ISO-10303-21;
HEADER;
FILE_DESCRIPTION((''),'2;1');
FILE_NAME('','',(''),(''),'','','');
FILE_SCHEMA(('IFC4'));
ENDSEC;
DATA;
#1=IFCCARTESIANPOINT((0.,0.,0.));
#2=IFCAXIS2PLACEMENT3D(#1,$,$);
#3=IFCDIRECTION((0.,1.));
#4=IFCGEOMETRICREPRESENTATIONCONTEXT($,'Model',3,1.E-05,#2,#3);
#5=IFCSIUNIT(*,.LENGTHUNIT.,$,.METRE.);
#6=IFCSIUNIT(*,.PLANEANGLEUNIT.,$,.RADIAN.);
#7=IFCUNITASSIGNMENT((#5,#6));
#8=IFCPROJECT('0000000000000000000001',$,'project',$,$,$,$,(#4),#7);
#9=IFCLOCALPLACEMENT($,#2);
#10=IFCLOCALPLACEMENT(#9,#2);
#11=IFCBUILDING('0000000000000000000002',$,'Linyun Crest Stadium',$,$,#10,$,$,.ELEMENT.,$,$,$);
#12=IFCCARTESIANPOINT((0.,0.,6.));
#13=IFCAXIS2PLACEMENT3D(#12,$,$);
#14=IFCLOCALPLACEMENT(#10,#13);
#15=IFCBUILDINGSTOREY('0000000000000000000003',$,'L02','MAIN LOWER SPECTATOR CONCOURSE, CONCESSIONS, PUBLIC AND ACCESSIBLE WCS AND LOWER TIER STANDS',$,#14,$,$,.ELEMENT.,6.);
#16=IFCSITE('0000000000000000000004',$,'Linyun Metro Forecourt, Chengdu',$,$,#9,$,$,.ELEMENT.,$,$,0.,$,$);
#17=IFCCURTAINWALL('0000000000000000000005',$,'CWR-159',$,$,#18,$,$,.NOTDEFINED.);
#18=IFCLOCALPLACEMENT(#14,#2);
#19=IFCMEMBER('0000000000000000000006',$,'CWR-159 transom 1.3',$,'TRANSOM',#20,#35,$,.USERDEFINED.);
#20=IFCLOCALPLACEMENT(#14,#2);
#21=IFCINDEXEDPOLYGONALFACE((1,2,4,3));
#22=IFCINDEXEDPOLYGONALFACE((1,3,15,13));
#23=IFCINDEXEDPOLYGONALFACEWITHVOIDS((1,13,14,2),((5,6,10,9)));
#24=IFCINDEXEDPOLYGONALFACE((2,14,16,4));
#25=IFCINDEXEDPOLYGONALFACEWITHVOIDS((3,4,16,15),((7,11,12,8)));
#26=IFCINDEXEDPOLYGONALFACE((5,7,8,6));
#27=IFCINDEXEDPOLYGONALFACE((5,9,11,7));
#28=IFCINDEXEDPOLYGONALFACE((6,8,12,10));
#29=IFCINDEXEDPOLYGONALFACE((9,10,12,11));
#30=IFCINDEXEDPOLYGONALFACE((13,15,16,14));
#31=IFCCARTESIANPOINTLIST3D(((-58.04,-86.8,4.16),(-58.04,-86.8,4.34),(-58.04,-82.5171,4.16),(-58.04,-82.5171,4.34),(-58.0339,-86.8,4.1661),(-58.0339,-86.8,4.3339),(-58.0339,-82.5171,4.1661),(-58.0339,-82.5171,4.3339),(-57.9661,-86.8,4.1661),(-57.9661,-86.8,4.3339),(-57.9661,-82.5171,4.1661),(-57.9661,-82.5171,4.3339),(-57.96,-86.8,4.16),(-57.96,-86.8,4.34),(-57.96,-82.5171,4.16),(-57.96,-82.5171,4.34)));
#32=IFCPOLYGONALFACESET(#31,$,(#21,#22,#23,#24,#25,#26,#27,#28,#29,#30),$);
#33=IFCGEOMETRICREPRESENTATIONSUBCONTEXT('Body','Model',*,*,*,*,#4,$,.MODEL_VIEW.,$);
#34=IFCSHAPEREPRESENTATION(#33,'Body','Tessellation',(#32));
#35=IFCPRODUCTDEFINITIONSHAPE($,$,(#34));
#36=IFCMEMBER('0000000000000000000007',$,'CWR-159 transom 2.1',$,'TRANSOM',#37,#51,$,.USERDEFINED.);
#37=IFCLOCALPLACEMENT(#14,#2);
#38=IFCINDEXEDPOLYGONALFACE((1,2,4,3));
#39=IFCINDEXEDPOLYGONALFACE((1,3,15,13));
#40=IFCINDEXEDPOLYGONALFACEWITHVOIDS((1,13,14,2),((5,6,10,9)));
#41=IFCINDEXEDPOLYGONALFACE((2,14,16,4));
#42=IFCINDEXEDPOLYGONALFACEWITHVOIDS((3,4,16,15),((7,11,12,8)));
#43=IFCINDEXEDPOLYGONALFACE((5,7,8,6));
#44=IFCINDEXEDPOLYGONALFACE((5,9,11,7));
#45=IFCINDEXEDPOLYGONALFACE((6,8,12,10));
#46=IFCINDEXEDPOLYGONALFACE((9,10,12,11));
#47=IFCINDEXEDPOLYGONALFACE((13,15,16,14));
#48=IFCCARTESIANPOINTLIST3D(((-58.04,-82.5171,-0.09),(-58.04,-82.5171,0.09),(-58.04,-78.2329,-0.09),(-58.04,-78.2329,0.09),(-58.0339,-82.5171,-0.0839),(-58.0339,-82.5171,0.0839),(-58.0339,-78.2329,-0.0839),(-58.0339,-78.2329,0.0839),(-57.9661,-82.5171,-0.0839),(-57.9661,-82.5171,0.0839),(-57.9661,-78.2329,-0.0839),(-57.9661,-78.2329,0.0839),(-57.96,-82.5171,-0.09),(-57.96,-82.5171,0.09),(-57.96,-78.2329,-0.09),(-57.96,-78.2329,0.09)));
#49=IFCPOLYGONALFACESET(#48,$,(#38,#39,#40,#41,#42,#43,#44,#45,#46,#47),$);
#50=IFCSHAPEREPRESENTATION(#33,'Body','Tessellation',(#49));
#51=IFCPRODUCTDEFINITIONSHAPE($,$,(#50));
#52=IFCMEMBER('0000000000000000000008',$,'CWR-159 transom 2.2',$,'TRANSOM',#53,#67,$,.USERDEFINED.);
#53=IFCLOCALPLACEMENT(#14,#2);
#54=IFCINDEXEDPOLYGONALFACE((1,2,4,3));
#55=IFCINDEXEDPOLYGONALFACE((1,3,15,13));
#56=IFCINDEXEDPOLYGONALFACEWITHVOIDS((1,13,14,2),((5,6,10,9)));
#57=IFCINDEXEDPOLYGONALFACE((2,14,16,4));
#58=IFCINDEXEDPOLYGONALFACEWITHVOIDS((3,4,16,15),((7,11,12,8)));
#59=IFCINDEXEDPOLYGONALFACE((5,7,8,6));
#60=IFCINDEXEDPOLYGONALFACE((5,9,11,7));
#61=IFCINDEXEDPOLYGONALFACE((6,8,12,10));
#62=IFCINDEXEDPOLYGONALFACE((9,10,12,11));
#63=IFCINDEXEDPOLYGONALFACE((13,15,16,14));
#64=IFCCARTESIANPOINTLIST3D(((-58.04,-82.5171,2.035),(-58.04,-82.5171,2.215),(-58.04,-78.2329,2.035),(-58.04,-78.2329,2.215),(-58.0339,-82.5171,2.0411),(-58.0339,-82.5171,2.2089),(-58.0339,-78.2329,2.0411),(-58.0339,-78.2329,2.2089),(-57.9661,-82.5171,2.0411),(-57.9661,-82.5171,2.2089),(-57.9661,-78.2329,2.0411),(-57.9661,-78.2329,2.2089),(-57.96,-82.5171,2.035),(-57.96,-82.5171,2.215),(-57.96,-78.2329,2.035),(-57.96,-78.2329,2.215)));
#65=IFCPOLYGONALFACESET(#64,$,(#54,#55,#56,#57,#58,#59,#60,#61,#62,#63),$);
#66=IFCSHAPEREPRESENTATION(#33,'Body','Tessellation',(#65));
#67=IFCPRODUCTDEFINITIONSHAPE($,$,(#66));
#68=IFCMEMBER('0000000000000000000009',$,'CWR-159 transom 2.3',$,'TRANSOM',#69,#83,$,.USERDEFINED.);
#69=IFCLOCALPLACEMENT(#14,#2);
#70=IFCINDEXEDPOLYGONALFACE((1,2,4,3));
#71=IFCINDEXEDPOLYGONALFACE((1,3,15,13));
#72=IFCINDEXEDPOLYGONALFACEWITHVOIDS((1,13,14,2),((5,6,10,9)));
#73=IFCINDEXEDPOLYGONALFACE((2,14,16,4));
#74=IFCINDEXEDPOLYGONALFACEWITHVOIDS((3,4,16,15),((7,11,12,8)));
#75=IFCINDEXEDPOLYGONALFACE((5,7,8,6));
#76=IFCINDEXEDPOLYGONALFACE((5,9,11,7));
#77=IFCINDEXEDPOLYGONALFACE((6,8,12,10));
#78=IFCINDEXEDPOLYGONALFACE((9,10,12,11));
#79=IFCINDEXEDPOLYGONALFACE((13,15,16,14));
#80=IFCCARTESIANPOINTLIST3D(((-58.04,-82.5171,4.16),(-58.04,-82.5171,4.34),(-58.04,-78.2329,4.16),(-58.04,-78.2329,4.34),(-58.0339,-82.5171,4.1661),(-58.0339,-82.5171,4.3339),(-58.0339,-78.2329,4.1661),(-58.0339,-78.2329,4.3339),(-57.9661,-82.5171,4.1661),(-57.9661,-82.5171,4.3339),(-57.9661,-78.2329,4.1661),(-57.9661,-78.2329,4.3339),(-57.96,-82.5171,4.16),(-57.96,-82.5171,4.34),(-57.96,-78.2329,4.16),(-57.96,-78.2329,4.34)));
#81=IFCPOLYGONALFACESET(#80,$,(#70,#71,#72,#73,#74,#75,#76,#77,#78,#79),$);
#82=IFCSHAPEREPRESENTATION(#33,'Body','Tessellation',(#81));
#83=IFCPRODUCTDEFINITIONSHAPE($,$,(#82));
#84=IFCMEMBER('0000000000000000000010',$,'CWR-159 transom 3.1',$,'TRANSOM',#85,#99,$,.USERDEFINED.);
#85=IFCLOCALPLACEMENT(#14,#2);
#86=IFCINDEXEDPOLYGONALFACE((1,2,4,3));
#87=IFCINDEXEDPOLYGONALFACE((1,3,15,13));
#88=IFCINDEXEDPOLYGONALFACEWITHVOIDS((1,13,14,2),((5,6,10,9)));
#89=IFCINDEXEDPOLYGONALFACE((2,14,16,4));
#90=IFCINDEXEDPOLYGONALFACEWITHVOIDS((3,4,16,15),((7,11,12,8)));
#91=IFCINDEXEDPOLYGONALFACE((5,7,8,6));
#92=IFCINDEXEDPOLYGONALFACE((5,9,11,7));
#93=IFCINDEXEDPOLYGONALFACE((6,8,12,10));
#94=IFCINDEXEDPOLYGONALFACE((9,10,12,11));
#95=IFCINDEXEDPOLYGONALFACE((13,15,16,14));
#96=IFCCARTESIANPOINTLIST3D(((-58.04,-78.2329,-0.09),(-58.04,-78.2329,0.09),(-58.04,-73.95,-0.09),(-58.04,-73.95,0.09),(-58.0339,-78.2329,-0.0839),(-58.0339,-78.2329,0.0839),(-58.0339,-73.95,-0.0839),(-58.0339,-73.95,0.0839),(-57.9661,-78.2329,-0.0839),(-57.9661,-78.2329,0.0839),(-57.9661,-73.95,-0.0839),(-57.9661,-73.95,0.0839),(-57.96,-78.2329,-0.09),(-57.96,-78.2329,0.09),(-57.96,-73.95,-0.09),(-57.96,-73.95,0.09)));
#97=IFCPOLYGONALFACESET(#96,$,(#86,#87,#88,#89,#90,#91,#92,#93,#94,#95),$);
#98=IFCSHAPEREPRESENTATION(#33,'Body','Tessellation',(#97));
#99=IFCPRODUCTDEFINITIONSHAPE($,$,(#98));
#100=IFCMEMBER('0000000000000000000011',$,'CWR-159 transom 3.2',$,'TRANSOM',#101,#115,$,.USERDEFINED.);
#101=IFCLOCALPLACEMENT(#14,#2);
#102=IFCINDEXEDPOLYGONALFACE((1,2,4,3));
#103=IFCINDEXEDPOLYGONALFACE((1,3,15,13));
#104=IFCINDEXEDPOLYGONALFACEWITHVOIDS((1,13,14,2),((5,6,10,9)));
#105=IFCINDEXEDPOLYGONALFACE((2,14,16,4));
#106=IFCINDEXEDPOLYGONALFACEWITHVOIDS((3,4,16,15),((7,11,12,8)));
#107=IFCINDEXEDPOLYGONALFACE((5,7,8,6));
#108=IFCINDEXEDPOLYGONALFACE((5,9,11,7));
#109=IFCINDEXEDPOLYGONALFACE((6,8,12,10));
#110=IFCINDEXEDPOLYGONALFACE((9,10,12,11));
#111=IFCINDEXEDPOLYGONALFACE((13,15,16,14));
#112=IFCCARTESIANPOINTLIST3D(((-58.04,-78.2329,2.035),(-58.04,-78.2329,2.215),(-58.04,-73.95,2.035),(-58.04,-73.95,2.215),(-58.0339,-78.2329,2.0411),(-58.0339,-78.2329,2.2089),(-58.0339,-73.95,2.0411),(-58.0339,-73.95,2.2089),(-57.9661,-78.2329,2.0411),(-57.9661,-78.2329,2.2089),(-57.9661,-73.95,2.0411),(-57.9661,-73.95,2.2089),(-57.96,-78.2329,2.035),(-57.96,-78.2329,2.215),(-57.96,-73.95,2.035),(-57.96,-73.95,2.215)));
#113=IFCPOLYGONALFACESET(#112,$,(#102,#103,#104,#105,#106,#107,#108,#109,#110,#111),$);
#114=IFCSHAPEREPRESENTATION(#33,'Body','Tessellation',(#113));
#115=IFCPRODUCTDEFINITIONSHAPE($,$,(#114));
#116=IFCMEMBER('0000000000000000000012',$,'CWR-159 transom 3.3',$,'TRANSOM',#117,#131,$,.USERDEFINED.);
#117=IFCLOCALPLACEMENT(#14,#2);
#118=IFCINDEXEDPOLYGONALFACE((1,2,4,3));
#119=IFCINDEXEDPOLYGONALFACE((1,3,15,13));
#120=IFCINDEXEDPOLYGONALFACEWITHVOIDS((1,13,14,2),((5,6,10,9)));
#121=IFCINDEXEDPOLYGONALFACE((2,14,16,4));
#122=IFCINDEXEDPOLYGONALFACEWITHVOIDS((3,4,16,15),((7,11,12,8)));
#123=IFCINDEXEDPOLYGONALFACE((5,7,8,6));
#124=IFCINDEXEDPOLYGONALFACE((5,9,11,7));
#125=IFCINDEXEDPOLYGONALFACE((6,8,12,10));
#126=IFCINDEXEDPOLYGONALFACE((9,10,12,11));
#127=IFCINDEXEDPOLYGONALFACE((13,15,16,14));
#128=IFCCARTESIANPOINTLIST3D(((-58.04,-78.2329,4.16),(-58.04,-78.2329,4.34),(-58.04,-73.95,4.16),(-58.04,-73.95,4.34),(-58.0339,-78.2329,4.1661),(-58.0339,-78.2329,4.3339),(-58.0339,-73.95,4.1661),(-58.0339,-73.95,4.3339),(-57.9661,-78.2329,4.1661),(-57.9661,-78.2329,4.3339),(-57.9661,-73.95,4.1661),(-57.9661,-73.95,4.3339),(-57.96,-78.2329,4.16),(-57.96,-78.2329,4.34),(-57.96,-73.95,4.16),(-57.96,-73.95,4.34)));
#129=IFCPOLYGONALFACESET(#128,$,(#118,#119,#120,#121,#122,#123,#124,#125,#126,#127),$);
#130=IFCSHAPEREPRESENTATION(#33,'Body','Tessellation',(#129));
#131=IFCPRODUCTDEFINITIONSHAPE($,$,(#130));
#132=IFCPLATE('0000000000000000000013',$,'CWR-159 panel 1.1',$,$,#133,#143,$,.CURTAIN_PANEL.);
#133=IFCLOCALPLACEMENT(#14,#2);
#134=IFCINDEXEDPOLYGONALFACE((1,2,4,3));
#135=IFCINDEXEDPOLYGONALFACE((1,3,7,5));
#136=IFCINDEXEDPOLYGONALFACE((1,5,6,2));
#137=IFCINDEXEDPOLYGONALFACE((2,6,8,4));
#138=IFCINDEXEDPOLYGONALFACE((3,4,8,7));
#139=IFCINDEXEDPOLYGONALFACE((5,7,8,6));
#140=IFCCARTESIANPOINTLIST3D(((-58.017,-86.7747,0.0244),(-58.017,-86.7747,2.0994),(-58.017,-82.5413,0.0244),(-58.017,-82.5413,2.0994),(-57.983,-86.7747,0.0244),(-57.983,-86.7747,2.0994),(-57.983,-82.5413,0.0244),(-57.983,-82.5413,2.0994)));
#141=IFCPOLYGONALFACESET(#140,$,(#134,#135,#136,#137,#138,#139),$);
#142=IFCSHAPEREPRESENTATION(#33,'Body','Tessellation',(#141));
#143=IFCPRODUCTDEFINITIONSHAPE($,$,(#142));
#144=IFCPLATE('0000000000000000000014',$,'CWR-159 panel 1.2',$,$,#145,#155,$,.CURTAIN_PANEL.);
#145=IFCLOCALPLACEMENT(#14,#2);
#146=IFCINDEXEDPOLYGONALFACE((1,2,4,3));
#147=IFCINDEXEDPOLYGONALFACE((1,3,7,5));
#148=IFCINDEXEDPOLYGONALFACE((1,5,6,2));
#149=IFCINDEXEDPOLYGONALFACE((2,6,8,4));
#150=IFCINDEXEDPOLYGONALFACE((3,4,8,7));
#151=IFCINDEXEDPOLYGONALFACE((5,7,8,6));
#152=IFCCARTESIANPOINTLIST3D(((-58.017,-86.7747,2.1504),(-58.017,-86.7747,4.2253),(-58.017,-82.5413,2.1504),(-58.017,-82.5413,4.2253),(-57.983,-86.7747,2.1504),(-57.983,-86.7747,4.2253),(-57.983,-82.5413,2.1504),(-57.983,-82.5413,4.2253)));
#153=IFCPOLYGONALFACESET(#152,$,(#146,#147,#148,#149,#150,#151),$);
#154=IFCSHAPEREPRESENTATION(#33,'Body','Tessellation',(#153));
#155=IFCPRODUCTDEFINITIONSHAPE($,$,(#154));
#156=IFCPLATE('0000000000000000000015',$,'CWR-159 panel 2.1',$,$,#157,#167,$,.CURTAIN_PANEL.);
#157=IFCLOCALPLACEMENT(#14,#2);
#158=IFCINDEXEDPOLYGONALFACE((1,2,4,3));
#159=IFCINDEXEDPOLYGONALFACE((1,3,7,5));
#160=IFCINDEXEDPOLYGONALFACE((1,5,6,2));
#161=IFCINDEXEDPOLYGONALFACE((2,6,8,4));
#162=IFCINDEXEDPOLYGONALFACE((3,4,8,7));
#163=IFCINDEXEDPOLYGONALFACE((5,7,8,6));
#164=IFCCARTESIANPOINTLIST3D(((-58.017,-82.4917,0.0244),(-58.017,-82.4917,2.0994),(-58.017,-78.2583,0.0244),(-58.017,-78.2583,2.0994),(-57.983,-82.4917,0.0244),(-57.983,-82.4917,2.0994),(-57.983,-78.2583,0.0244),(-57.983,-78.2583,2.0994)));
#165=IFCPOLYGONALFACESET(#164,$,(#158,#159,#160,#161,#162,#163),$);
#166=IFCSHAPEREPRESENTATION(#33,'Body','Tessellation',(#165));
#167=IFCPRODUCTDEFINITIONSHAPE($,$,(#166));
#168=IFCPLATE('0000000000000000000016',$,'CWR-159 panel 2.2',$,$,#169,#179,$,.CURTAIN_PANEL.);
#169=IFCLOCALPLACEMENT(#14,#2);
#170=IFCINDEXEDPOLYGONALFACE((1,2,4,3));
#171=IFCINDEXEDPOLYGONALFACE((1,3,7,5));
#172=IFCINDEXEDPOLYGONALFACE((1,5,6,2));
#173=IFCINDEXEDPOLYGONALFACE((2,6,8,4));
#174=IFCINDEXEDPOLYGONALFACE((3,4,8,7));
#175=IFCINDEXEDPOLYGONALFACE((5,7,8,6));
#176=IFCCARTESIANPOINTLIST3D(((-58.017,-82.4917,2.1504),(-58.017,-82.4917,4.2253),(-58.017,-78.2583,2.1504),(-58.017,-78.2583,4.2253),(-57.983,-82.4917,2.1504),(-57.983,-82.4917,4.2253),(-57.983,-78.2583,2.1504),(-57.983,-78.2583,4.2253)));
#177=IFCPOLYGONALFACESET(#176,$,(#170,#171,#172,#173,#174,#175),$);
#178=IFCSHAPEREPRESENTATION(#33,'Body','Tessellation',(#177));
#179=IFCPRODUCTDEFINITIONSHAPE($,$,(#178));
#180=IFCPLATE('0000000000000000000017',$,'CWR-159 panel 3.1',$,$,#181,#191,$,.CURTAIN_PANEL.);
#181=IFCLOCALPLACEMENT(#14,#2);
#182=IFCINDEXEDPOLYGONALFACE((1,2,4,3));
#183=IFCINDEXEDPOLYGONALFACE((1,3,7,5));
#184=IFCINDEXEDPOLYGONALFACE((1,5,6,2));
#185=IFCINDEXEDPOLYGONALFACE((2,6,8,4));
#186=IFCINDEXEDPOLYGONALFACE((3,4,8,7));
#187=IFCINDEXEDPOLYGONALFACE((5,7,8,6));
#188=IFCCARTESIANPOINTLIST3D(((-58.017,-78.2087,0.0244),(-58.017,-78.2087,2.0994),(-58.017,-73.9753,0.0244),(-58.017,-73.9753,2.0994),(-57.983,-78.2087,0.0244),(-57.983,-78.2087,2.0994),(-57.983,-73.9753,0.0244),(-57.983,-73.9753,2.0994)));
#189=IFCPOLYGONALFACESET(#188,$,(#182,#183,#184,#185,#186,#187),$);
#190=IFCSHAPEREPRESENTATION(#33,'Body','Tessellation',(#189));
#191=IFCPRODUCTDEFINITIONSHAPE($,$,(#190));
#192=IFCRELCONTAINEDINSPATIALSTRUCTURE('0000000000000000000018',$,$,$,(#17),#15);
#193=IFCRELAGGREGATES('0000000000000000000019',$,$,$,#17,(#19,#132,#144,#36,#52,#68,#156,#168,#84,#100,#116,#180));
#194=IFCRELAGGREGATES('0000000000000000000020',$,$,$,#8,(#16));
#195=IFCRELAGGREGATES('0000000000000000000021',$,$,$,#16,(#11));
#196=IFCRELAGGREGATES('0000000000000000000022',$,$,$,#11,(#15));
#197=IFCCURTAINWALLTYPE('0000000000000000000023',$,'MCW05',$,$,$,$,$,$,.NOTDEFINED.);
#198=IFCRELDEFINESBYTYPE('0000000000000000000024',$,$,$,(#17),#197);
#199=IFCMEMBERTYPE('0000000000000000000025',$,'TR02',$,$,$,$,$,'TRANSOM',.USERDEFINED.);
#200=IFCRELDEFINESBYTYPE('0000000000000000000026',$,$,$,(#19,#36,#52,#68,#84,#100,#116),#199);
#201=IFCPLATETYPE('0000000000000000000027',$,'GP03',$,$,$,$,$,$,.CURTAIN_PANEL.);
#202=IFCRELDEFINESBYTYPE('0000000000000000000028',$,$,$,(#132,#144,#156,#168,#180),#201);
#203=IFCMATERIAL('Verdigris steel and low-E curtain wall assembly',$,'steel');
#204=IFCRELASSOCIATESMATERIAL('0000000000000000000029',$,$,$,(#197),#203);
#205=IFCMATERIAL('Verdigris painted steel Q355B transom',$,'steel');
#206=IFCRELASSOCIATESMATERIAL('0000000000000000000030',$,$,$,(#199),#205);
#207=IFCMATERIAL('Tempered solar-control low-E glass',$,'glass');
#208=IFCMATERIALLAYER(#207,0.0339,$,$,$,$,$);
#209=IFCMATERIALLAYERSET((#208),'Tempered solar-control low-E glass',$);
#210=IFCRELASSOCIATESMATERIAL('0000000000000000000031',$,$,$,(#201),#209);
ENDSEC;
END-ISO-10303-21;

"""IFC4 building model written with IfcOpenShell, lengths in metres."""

from ifc_helpers import new_model, si_unit, direction, frame, origin, origin_2d, place, context, subcontext, project, spatial, rectangle, hollow_rectangle, extrude, material, layer, layer_set, material_profile, profile_set, type_object, element, aggregate, save


model = new_model("IFC4")

# Units and contexts
model_context = context("Model", 3, precision=1e-05, world=origin(), true_north=direction((0.0, 1.0)))
body_context = subcontext(model_context, "Body", "Model", "MODEL_VIEW")
ifc_project = project(units=[si_unit("LENGTHUNIT", "METRE"), si_unit("PLANEANGLEUNIT", "RADIAN")], contexts=[model_context])

# Site, building, storey
site_placement = place(None, origin())
site = spatial("IfcSite", under=ifc_project, at=site_placement, Name="Linyun Metro Forecourt, Chengdu", CompositionType="ELEMENT", RefElevation=0.0)
building_placement = place(site_placement, origin())
building = spatial("IfcBuilding", under=site, at=building_placement, Name="Linyun Crest Stadium", CompositionType="ELEMENT")
storey_placement = place(building_placement, frame((0.0, 0.0, 6.0)))
storey = spatial("IfcBuildingStorey", under=building, at=storey_placement, Name="L02", Description="MAIN LOWER SPECTATOR CONCOURSE, CONCESSIONS, PUBLIC AND ACCESSIBLE WCS AND LOWER TIER STANDS", CompositionType="ELEMENT", Elevation=6.0)

# Shared definitions
ifc_material_1 = material(Name="Verdigris steel and low-E curtain wall assembly", Category="steel")
curtain_wall_type = type_object("IfcCurtainWallType", Name="MCW05", PredefinedType="NOTDEFINED", material=ifc_material_1)

# Curtain wall, members, plates
curtain_wall_1_placement = place(storey_placement, origin())
curtain_wall_1 = element("IfcCurtainWall", 1, at=curtain_wall_1_placement, inside=storey, type_object=curtain_wall_type, Name="CWR-159", PredefinedType="NOTDEFINED")
ifc_material_2 = material(Name="Verdigris painted steel Q355B transom", Category="steel")
ifc_material_profile_1 = material_profile(ifc_material_2, hollow_rectangle(XDim=0.0801, YDim=0.1799, WallThickness=0.0061, at=origin_2d()), Name="RHS 180x80x6")
ifc_profile_set_1 = profile_set([ifc_material_profile_1], Name="Verdigris painted steel Q355B transom")
member_type_1 = type_object("IfcMemberType", Name="TR02", ElementType="TRANSOM", PredefinedType="USERDEFINED", material=ifc_profile_set_1)
member_1_placement = place(storey_placement, frame((-58.0, -86.8, 4.25), z_axis=(0.0, 1.0, 0.0), x_axis=(-1.0, 0.0, 0.0)))
member_1 = element("IfcMember", 2, at=member_1_placement, type_object=member_type_1, Name="CWR-159 transom 1.3", ObjectType="TRANSOM", PredefinedType="USERDEFINED", context=body_context, shape_type="SweptSolid", body=[
    extrude(hollow_rectangle(XDim=0.0801, YDim=0.1799, WallThickness=0.0061, at=origin_2d()), origin(), (0.0, 0.0, 1.0), 4.283),
])
member_2_placement = place(storey_placement, frame((-58.0, -82.5171, 0.0), z_axis=(0.0, 1.0, 0.0), x_axis=(-1.0, 0.0, 0.0)))
member_2 = element("IfcMember", 3, at=member_2_placement, type_object=member_type_1, Name="CWR-159 transom 2.1", ObjectType="TRANSOM", PredefinedType="USERDEFINED", context=body_context, shape_type="SweptSolid", body=[
    extrude(hollow_rectangle(XDim=0.0801, YDim=0.1799, WallThickness=0.0061, at=origin_2d()), origin(), (0.0, 0.0, 1.0), 4.2842),
])
member_3_placement = place(storey_placement, frame((-58.0, -82.5171, 2.125), z_axis=(0.0, 1.0, 0.0), x_axis=(-1.0, 0.0, 0.0)))
member_3 = element("IfcMember", 4, at=member_3_placement, type_object=member_type_1, Name="CWR-159 transom 2.2", ObjectType="TRANSOM", PredefinedType="USERDEFINED", context=body_context, shape_type="SweptSolid", body=[
    extrude(hollow_rectangle(XDim=0.0801, YDim=0.1799, WallThickness=0.0061, at=origin_2d()), origin(), (0.0, 0.0, 1.0), 4.2842),
])
member_4_placement = place(storey_placement, frame((-58.0, -82.5171, 4.25), z_axis=(0.0, 1.0, 0.0), x_axis=(-1.0, 0.0, 0.0)))
member_4 = element("IfcMember", 5, at=member_4_placement, type_object=member_type_1, Name="CWR-159 transom 2.3", ObjectType="TRANSOM", PredefinedType="USERDEFINED", context=body_context, shape_type="SweptSolid", body=[
    extrude(hollow_rectangle(XDim=0.0801, YDim=0.1799, WallThickness=0.0061, at=origin_2d()), origin(), (0.0, 0.0, 1.0), 4.2842),
])
member_5_placement = place(storey_placement, frame((-58.0, -78.2329, 0.0), z_axis=(0.0, 1.0, 0.0), x_axis=(-1.0, 0.0, 0.0)))
member_5 = element("IfcMember", 6, at=member_5_placement, type_object=member_type_1, Name="CWR-159 transom 3.1", ObjectType="TRANSOM", PredefinedType="USERDEFINED", context=body_context, shape_type="SweptSolid", body=[
    extrude(hollow_rectangle(XDim=0.0801, YDim=0.1799, WallThickness=0.0061, at=origin_2d()), origin(), (0.0, 0.0, 1.0), 4.283),
])
member_6_placement = place(storey_placement, frame((-58.0, -78.2329, 2.125), z_axis=(0.0, 1.0, 0.0), x_axis=(-1.0, 0.0, 0.0)))
member_6 = element("IfcMember", 7, at=member_6_placement, type_object=member_type_1, Name="CWR-159 transom 3.2", ObjectType="TRANSOM", PredefinedType="USERDEFINED", context=body_context, shape_type="SweptSolid", body=[
    extrude(hollow_rectangle(XDim=0.0801, YDim=0.1799, WallThickness=0.0061, at=origin_2d()), origin(), (0.0, 0.0, 1.0), 4.283),
])
member_7_placement = place(storey_placement, frame((-58.0, -78.2329, 4.25), z_axis=(0.0, 1.0, 0.0), x_axis=(-1.0, 0.0, 0.0)))
member_7 = element("IfcMember", 8, at=member_7_placement, type_object=member_type_1, Name="CWR-159 transom 3.3", ObjectType="TRANSOM", PredefinedType="USERDEFINED", context=body_context, shape_type="SweptSolid", body=[
    extrude(hollow_rectangle(XDim=0.0801, YDim=0.1799, WallThickness=0.0061, at=origin_2d()), origin(), (0.0, 0.0, 1.0), 4.283),
])
ifc_material_3 = material(Name="Tempered solar-control low-E glass", Category="glass")
ifc_layer_1 = layer(ifc_material_3, 0.0339)
ifc_layer_set_1 = layer_set([ifc_layer_1], Name="Tempered solar-control low-E glass")
plate_type = type_object("IfcPlateType", Name="GP03", PredefinedType="CURTAIN_PANEL", material=ifc_layer_set_1)
plate_1_placement = place(storey_placement, frame((-58.0, -84.658, 0.0244), z_axis=(0.0, 0.0, 1.0), x_axis=(0.0, 1.0, 0.0)))
plate_1 = element("IfcPlate", 9, at=plate_1_placement, type_object=plate_type, Name="CWR-159 panel 1.1", PredefinedType="CURTAIN_PANEL", context=body_context, shape_type="SweptSolid", body=[
    extrude(rectangle(XDim=4.2334, YDim=0.0339, at=origin_2d()), origin(), (0.0, 0.0, 1.0), 2.075),
])
plate_2_placement = place(storey_placement, frame((-58.0, -84.658, 2.1504), z_axis=(0.0, 0.0, 1.0), x_axis=(0.0, 1.0, 0.0)))
plate_2 = element("IfcPlate", 10, at=plate_2_placement, type_object=plate_type, Name="CWR-159 panel 1.2", PredefinedType="CURTAIN_PANEL", context=body_context, shape_type="SweptSolid", body=[
    extrude(rectangle(XDim=4.2334, YDim=0.0339, at=origin_2d()), origin(), (0.0, 0.0, 1.0), 2.075),
])
plate_3_placement = place(storey_placement, frame((-58.0, -80.375, 0.0244), z_axis=(0.0, 0.0, 1.0), x_axis=(0.0, 1.0, 0.0)))
plate_3 = element("IfcPlate", 11, at=plate_3_placement, type_object=plate_type, Name="CWR-159 panel 2.1", PredefinedType="CURTAIN_PANEL", context=body_context, shape_type="SweptSolid", body=[
    extrude(rectangle(XDim=4.2334, YDim=0.0339, at=origin_2d()), origin(), (0.0, 0.0, 1.0), 2.075),
])
plate_4_placement = place(storey_placement, frame((-58.0, -80.375, 2.1504), z_axis=(0.0, 0.0, 1.0), x_axis=(0.0, 1.0, 0.0)))
plate_4 = element("IfcPlate", 12, at=plate_4_placement, type_object=plate_type, Name="CWR-159 panel 2.2", PredefinedType="CURTAIN_PANEL", context=body_context, shape_type="SweptSolid", body=[
    extrude(rectangle(XDim=4.2334, YDim=0.0339, at=origin_2d()), origin(), (0.0, 0.0, 1.0), 2.075),
])
plate_5_placement = place(storey_placement, frame((-58.0, -76.092, 0.0244), z_axis=(0.0, 0.0, 1.0), x_axis=(0.0, 1.0, 0.0)))
plate_5 = element("IfcPlate", 13, at=plate_5_placement, type_object=plate_type, Name="CWR-159 panel 3.1", PredefinedType="CURTAIN_PANEL", context=body_context, shape_type="SweptSolid", body=[
    extrude(rectangle(XDim=4.2334, YDim=0.0339, at=origin_2d()), origin(), (0.0, 0.0, 1.0), 2.075),
])
aggregate(curtain_wall_1, [member_1, plate_1, plate_2, member_2, member_3, member_4, plate_3, plate_4, member_5, member_6, member_7, plate_5])

save(model, "model.ifc")
